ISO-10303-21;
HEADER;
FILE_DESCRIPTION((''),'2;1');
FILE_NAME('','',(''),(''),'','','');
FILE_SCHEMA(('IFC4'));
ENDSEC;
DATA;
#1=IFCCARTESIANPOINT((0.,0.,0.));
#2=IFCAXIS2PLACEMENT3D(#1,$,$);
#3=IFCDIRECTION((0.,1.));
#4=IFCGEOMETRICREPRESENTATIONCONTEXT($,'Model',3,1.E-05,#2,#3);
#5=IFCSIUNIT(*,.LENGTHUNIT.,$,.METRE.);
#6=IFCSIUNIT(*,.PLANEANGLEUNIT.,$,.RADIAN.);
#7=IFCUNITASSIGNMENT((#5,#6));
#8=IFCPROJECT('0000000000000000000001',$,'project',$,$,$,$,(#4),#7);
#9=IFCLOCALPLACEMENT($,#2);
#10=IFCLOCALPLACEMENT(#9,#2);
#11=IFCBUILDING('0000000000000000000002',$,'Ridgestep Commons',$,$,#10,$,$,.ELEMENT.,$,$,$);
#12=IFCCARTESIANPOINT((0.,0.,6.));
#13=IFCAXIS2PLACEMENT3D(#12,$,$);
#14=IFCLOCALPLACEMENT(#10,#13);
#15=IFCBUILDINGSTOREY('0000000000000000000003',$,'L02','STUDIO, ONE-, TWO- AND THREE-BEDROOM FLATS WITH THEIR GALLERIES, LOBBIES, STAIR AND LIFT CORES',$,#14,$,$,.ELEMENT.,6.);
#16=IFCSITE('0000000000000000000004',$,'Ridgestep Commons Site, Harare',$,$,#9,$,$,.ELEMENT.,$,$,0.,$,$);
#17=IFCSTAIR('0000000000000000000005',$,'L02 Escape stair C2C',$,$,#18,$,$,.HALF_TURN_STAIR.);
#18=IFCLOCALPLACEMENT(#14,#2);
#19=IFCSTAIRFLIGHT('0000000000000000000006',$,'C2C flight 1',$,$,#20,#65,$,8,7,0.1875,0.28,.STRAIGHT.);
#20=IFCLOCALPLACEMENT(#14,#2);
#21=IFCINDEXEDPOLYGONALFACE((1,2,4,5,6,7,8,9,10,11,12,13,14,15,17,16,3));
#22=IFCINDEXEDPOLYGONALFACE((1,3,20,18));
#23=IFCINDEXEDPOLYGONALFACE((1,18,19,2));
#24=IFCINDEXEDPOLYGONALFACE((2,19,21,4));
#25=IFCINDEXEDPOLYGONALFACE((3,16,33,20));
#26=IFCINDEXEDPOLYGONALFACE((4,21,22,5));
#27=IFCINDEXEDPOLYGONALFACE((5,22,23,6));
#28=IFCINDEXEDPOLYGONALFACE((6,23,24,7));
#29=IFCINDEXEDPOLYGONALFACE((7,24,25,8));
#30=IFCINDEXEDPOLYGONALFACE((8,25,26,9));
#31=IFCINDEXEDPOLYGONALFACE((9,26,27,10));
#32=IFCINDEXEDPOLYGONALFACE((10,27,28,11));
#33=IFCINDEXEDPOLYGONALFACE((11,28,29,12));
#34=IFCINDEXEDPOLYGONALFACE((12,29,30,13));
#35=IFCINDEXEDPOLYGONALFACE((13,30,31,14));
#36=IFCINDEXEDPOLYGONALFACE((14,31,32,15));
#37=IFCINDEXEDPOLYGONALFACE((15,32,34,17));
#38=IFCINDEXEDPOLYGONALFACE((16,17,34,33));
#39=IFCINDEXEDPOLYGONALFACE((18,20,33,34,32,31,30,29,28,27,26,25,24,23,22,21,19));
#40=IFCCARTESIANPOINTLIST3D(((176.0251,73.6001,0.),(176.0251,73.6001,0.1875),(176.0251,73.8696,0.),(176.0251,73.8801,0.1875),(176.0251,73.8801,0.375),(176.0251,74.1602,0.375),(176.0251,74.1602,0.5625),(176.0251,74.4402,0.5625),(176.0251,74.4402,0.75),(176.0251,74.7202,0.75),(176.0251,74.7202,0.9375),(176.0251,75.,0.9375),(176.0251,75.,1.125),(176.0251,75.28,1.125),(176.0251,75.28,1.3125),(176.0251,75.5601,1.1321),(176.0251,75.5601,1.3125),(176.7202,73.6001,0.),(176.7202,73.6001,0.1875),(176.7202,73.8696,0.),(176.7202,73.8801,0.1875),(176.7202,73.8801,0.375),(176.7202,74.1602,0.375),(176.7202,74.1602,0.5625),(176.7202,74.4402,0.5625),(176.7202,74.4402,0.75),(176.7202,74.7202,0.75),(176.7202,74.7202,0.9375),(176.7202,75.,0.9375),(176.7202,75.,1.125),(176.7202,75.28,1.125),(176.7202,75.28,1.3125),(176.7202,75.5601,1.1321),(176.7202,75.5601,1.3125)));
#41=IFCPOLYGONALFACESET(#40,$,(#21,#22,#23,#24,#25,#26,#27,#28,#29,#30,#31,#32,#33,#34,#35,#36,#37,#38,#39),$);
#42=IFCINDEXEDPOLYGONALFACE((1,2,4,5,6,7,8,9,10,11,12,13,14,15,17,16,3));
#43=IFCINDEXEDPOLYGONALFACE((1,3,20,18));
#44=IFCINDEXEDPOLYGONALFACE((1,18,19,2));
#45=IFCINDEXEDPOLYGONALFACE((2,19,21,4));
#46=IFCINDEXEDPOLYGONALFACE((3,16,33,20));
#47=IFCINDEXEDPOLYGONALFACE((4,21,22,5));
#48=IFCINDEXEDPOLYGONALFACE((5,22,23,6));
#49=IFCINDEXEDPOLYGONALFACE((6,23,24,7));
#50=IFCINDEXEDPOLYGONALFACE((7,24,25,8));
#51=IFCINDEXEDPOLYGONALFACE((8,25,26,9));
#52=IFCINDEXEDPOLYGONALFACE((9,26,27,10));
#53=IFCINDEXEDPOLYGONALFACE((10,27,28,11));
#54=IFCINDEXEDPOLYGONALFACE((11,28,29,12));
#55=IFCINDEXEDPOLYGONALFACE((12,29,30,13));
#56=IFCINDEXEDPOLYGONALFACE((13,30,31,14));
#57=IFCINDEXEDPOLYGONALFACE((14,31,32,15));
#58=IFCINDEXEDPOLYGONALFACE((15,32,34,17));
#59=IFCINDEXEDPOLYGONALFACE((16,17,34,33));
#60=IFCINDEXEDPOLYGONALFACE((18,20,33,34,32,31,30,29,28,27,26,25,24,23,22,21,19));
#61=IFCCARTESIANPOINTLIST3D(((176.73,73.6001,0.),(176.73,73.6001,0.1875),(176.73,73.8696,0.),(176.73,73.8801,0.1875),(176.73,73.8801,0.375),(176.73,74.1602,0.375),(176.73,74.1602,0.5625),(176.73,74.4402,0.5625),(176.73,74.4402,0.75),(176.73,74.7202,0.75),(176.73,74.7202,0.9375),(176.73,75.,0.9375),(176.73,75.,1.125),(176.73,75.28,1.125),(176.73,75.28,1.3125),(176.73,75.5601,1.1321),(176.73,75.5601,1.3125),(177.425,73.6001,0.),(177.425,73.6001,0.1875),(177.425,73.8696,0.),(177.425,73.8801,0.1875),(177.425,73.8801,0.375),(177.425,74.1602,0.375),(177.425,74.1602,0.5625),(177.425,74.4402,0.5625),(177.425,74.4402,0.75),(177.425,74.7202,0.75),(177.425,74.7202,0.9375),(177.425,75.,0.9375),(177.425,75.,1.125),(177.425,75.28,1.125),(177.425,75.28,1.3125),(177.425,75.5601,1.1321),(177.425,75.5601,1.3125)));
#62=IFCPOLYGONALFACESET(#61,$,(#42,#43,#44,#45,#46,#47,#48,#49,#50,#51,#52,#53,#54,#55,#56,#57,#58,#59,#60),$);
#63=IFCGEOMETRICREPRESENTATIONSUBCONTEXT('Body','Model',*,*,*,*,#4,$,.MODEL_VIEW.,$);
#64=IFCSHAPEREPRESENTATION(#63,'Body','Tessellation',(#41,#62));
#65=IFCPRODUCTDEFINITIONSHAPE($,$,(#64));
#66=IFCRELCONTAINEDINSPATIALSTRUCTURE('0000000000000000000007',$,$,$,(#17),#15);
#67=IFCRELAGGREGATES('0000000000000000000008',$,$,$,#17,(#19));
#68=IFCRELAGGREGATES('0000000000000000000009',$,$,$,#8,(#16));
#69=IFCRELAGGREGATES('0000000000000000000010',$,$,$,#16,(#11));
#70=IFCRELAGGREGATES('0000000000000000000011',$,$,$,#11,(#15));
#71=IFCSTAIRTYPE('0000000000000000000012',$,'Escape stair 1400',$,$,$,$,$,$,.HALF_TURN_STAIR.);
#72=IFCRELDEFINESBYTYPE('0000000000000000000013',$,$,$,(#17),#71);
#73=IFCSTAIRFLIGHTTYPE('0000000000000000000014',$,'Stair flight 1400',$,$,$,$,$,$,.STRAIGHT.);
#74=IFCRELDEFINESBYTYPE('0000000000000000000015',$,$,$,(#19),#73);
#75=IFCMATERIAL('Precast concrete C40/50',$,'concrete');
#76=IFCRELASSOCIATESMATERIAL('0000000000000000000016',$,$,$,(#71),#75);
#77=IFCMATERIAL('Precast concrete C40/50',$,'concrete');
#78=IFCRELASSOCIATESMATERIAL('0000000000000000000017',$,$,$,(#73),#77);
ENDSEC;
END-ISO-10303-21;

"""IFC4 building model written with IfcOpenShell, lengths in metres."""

from ifc_helpers import new_model, si_unit, direction, frame, origin, place, context, subcontext, project, spatial, polyline, outline, extrude, material, type_object, element, aggregate, save


model = new_model("IFC4")

# Units and contexts
model_context = context("Model", 3, precision=1e-05, world=origin(), true_north=direction((0.0, 1.0)))
body_context = subcontext(model_context, "Body", "Model", "MODEL_VIEW")
ifc_project = project(units=[si_unit("LENGTHUNIT", "METRE"), si_unit("PLANEANGLEUNIT", "RADIAN")], contexts=[model_context])

# Site, building, storey
site_placement = place(None, origin())
site = spatial("IfcSite", under=ifc_project, at=site_placement, Name="Ridgestep Commons Site, Harare", CompositionType="ELEMENT", RefElevation=0.0)
building_placement = place(site_placement, origin())
building = spatial("IfcBuilding", under=site, at=building_placement, Name="Ridgestep Commons", CompositionType="ELEMENT")
storey_placement = place(building_placement, frame((0.0, 0.0, 6.0)))
storey = spatial("IfcBuildingStorey", under=building, at=storey_placement, Name="L02", Description="STUDIO, ONE-, TWO- AND THREE-BEDROOM FLATS WITH THEIR GALLERIES, LOBBIES, STAIR AND LIFT CORES", CompositionType="ELEMENT", Elevation=6.0)

# Stair, stair flight
ifc_material_1 = material(Name="Precast concrete C40/50", Category="concrete")
stair_type = type_object("IfcStairType", Name="Escape stair 1400", PredefinedType="HALF_TURN_STAIR", material=ifc_material_1)
stair_placement = place(storey_placement, origin())
stair = element("IfcStair", 1, at=stair_placement, inside=storey, type_object=stair_type, Name="L02 Escape stair C2C", PredefinedType="HALF_TURN_STAIR")
ifc_material_2 = material(Name="Precast concrete C40/50", Category="concrete")
stair_flight_type = type_object("IfcStairFlightType", Name="Stair flight 1400", PredefinedType="STRAIGHT", material=ifc_material_2)
stair_flight_placement = place(storey_placement, frame((176.7251, 73.6001, 0.0), z_axis=(0.0, 0.0, 1.0), x_axis=(0.0, 1.0, 0.0)))
stair_flight = element("IfcStairFlight", 2, at=stair_flight_placement, type_object=stair_flight_type, Name="C2C flight 1", NumberOfRisers=8, NumberOfTreads=7, PredefinedType="STRAIGHT", RiserHeight=0.1875, TreadLength=0.28, context=body_context, shape_type="SweptSolid", body=[
    extrude(outline(polyline([(0.0, 0.0), (0.0, 0.1875), (0.28, 0.1875), (0.28, 0.375), (0.5601, 0.375), (0.5601, 0.5625), (0.8401, 0.5625), (0.8401, 0.75), (1.1201, 0.75), (1.1201, 0.9375), (1.3999, 0.9375), (1.3999, 1.125), (1.6799, 1.125), (1.6799, 1.3125), (1.96, 1.3125), (1.96, 1.5), (1.96, 1.1321), (0.2695, 0.0), (0.0, 0.0)])), frame((0.0, 0.7, 0.0), z_axis=(0.0, -1.0, 0.0), x_axis=(1.0, 0.0, 0.0)), (0.0, 0.0, 1.0), 0.6951),
    extrude(outline(polyline([(0.0, 0.0), (0.0, 0.1875), (0.28, 0.1875), (0.28, 0.375), (0.5601, 0.375), (0.5601, 0.5625), (0.8401, 0.5625), (0.8401, 0.75), (1.1201, 0.75), (1.1201, 0.9375), (1.3999, 0.9375), (1.3999, 1.125), (1.6799, 1.125), (1.6799, 1.3125), (1.96, 1.3125), (1.96, 1.5), (1.96, 1.1321), (0.2695, 0.0), (0.0, 0.0)])), frame((0.0, -0.0049, 0.0), z_axis=(0.0, -1.0, 0.0), x_axis=(1.0, 0.0, 0.0)), (0.0, 0.0, 1.0), 0.6951),
])
aggregate(stair, [stair_flight])

save(model, "model.ifc")
